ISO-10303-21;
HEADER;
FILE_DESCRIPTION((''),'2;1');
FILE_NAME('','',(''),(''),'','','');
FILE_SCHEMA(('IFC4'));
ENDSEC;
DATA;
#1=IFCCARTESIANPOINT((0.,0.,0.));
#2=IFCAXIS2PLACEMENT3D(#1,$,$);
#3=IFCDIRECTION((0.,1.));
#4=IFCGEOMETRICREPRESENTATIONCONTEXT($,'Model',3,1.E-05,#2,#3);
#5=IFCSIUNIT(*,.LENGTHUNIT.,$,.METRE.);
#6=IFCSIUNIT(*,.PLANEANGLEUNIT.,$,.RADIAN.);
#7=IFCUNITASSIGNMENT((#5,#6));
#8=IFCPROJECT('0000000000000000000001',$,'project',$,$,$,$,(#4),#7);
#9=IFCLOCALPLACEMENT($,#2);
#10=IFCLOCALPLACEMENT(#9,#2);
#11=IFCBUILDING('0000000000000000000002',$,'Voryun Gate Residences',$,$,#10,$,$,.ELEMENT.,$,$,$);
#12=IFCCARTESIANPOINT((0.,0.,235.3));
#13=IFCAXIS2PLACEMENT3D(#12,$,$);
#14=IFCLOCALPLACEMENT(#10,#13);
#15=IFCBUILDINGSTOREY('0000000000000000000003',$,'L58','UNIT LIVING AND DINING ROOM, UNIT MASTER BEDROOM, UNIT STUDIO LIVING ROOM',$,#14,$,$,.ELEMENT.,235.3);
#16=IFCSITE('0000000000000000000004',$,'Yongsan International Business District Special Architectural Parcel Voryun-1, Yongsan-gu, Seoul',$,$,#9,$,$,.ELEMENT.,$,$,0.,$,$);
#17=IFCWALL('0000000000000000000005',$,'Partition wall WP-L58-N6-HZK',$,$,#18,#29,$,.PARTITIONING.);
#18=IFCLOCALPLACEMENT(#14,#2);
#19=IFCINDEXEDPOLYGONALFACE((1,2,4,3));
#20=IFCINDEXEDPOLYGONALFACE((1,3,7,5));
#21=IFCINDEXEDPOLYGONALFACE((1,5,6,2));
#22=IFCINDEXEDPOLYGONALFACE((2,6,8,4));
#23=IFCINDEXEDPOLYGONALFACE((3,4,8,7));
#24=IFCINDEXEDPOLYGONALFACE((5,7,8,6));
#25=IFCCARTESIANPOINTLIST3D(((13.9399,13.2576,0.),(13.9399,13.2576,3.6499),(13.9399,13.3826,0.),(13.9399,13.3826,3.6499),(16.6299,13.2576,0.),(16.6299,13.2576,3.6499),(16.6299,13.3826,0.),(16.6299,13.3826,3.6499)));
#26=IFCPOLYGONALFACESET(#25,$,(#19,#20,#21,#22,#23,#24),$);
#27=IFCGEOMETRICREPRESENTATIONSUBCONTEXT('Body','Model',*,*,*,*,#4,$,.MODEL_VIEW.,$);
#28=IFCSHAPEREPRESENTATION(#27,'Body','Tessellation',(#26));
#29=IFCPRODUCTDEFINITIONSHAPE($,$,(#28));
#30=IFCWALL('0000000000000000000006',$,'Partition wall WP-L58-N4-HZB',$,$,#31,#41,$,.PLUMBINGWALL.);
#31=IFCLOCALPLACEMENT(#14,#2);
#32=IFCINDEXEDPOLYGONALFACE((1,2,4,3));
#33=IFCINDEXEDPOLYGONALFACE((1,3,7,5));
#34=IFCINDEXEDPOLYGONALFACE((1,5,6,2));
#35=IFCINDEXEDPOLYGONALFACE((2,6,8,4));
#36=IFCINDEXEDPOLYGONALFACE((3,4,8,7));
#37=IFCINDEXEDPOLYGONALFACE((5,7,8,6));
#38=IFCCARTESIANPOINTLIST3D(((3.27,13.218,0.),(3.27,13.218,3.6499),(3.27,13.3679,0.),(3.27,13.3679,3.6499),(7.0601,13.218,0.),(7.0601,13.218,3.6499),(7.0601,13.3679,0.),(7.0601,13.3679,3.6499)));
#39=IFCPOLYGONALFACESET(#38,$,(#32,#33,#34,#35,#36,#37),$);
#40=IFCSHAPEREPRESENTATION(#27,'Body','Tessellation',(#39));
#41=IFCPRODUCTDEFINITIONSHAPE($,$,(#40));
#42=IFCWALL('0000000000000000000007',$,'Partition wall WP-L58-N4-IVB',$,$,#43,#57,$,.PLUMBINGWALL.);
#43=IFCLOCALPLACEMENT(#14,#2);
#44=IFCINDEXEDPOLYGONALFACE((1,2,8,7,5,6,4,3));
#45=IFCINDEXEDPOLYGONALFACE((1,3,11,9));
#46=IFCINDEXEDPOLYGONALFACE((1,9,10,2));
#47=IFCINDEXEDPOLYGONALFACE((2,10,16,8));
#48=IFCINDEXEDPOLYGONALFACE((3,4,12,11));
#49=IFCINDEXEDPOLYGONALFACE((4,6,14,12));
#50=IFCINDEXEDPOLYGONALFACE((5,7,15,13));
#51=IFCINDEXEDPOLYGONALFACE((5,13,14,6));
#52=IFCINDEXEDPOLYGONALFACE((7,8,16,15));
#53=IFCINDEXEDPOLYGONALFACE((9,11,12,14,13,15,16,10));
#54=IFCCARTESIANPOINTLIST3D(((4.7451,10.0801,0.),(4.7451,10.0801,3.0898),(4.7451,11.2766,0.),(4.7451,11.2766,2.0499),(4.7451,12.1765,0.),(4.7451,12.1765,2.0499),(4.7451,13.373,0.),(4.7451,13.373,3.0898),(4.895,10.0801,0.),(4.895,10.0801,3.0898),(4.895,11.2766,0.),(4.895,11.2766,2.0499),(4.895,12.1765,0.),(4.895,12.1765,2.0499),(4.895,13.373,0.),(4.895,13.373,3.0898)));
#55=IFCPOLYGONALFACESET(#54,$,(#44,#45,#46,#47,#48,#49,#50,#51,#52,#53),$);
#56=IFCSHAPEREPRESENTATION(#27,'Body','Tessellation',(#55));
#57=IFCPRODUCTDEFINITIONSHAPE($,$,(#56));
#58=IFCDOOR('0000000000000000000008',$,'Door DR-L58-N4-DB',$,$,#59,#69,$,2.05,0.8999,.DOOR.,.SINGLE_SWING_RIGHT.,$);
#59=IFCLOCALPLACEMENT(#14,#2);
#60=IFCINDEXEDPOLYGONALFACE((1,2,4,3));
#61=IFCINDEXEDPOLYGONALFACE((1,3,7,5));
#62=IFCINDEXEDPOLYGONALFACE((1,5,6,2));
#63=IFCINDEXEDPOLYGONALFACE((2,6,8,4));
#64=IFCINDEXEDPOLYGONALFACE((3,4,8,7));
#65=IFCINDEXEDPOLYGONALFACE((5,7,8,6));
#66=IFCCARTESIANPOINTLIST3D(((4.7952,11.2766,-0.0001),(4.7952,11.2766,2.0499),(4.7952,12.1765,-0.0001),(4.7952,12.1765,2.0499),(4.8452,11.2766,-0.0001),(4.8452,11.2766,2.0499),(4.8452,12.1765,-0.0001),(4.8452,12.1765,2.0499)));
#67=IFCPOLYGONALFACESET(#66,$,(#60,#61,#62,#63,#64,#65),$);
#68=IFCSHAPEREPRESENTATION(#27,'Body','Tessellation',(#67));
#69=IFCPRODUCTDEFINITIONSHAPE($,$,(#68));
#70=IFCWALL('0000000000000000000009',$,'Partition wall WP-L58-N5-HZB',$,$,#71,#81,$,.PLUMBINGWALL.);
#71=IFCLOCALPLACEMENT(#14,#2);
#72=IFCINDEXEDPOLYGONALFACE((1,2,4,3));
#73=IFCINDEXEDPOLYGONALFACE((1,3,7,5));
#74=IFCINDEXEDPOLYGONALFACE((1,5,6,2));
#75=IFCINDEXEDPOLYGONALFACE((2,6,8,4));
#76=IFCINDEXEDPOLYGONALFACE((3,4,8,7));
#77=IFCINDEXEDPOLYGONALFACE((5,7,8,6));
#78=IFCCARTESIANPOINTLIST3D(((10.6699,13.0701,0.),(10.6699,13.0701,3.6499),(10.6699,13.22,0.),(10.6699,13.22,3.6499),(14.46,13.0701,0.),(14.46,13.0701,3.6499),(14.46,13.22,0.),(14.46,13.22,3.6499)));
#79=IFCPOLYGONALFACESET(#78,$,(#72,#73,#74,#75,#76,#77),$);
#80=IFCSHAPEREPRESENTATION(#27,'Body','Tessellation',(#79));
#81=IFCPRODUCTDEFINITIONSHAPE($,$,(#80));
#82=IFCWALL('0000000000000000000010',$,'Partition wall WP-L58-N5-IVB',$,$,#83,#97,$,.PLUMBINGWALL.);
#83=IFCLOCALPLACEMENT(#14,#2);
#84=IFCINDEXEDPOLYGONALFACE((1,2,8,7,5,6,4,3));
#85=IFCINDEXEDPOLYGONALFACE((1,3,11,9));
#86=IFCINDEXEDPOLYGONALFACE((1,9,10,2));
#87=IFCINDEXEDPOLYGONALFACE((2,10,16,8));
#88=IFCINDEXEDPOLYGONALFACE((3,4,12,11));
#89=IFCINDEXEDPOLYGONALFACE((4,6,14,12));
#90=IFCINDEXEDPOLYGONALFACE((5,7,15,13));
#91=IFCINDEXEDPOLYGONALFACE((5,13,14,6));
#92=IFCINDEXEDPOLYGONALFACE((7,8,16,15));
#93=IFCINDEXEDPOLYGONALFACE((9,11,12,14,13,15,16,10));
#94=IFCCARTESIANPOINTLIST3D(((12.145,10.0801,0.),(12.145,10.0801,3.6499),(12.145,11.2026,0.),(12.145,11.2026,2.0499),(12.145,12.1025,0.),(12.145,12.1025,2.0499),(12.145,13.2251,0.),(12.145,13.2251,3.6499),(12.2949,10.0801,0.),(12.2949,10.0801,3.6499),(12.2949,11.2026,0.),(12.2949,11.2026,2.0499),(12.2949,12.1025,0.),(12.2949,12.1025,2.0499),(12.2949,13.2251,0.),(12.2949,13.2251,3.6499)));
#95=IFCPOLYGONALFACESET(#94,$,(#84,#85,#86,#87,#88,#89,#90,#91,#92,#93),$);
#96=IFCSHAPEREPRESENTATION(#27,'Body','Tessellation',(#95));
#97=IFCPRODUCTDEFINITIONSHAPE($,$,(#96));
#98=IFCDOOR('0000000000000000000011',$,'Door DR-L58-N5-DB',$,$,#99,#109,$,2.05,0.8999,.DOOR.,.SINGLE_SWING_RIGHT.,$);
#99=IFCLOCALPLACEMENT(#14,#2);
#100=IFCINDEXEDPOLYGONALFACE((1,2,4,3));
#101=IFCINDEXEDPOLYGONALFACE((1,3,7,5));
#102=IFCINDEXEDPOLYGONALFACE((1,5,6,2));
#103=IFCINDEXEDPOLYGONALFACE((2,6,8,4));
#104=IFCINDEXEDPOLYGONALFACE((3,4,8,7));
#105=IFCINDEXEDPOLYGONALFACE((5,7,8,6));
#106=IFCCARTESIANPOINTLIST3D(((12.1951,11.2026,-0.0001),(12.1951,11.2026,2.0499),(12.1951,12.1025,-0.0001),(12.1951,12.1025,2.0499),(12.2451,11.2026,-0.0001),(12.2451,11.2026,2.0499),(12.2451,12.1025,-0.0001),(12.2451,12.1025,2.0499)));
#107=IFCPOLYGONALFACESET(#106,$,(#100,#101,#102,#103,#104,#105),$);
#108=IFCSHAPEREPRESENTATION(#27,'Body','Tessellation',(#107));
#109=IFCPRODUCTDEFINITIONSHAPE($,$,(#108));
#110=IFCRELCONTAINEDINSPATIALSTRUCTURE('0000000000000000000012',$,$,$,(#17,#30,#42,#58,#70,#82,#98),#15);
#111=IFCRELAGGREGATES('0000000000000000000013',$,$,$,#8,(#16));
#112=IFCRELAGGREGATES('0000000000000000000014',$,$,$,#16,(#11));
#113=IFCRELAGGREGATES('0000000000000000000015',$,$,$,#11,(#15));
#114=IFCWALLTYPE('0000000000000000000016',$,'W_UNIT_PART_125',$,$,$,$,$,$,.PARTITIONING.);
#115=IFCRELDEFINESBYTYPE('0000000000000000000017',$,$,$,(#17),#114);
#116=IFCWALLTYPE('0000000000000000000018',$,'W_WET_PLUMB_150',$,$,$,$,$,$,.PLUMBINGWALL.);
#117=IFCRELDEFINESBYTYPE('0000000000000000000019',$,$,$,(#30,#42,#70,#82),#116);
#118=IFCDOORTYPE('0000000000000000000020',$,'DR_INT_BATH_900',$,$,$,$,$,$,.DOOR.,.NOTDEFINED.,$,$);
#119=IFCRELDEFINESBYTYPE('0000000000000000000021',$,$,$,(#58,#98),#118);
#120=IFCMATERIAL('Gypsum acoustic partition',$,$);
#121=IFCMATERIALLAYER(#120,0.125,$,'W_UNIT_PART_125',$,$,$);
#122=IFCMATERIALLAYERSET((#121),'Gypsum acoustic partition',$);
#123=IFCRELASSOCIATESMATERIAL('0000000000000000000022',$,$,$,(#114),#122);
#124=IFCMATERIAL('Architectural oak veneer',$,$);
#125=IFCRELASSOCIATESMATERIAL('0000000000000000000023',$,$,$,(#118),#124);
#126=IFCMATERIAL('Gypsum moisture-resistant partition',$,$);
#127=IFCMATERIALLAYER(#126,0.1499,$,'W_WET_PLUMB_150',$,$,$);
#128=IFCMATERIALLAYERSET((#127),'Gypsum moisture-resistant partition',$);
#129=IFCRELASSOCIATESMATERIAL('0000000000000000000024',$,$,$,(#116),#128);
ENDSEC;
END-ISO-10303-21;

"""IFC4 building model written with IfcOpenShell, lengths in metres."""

from ifc_helpers import new_model, si_unit, direction, frame, frame_2d, origin, place, context, subcontext, project, spatial, rectangle, extrude, material, layer, layer_set, type_object, element, fill, save


model = new_model("IFC4")

# Units and contexts
model_context = context("Model", 3, precision=1e-05, world=origin(), true_north=direction((0.0, 1.0)))
body_context = subcontext(model_context, "Body", "Model", "MODEL_VIEW")
ifc_project = project(units=[si_unit("LENGTHUNIT", "METRE"), si_unit("PLANEANGLEUNIT", "RADIAN")], contexts=[model_context])

# Site, building, storey
site_placement = place(None, origin())
site = spatial("IfcSite", under=ifc_project, at=site_placement, Name="Yongsan International Business District Special Architectural Parcel Voryun-1, Yongsan-gu, Seoul", CompositionType="ELEMENT", RefElevation=0.0)
building_placement = place(site_placement, origin())
building = spatial("IfcBuilding", under=site, at=building_placement, Name="Voryun Gate Residences", CompositionType="ELEMENT")
storey_placement = place(building_placement, frame((0.0, 0.0, 235.3)))
storey = spatial("IfcBuildingStorey", under=building, at=storey_placement, Name="L58", Description="UNIT LIVING AND DINING ROOM, UNIT MASTER BEDROOM, UNIT STUDIO LIVING ROOM", CompositionType="ELEMENT", Elevation=235.3)

# Shared definitions
ifc_material_1 = material(Name="Gypsum acoustic partition")
ifc_layer_1 = layer(ifc_material_1, 0.125, Name="W_UNIT_PART_125")
ifc_layer_set_1 = layer_set([ifc_layer_1], Name="Gypsum acoustic partition")
wall_type_1 = type_object("IfcWallType", Name="W_UNIT_PART_125", PredefinedType="PARTITIONING", material=ifc_layer_set_1)
ifc_material_2 = material(Name="Architectural oak veneer")
door_type_1 = type_object("IfcDoorType", Name="DR_INT_BATH_900", OperationType="NOTDEFINED", PredefinedType="DOOR", material=ifc_material_2)

# Walls
for number, where, z_axis, x_axis, name in (
    (1, (13.9399, 13.3201, 0.0), (0.0, 0.0, 1.0), (1.0, 0.0, 0.0), "Partition wall WP-L58-N6-HZK"),
):
    element("IfcWall", number, at=place(storey_placement, frame(where, z_axis=z_axis, x_axis=x_axis)), inside=storey, type_object=wall_type_1, Name=name, PredefinedType="PARTITIONING", context=body_context, shape_type="SweptSolid", body=[
        extrude(rectangle(XDim=2.6899, YDim=0.125, at=frame_2d((1.345, 0.0))), origin(), (0.0, 0.0, 1.0), 3.6499),
    ])
ifc_material_3 = material(Name="Gypsum moisture-resistant partition")
ifc_layer_2 = layer(ifc_material_3, 0.1499, Name="W_WET_PLUMB_150")
ifc_layer_set_2 = layer_set([ifc_layer_2], Name="Gypsum moisture-resistant partition")
wall_type_2 = type_object("IfcWallType", Name="W_WET_PLUMB_150", PredefinedType="PLUMBINGWALL", material=ifc_layer_set_2)
wall_1_placement = place(storey_placement, frame((3.27, 13.293, 0.0), z_axis=(0.0, 0.0, 1.0), x_axis=(1.0, 0.0, 0.0)))
element("IfcWall", 2, at=wall_1_placement, inside=storey, type_object=wall_type_2, Name="Partition wall WP-L58-N4-HZB", PredefinedType="PLUMBINGWALL", context=body_context, shape_type="SweptSolid", body=[
    extrude(rectangle(XDim=3.79, YDim=0.1499, at=frame_2d((1.895, 0.0))), origin(), (0.0, 0.0, 1.0), 3.6499),
])

# Wall, opening, door
wall_2_placement = place(storey_placement, frame((4.8201, 10.0801, 0.0), z_axis=(0.0, 0.0, 1.0), x_axis=(0.0, 1.0, 0.0)))
wall_2 = element("IfcWall", 3, at=wall_2_placement, inside=storey, type_object=wall_type_2, Name="Partition wall WP-L58-N4-IVB", PredefinedType="PLUMBINGWALL", context=body_context, shape_type="SweptSolid", body=[
    extrude(rectangle(XDim=3.293, YDim=0.1499, at=frame_2d((1.6465, 0.0))), origin(), (0.0, 0.0, 1.0), 3.0898),
])
opening_1_placement = place(wall_2_placement, frame((1.1965, 0.0, 0.0)))
opening_1 = element("IfcOpeningElement", 4, at=opening_1_placement, cuts=wall_2, PredefinedType="OPENING", context=body_context, shape_type="SweptSolid", body=[
    extrude(rectangle(XDim=0.8999, YDim=2.05, at=frame_2d((0.45, 1.0249))), frame((0.0, 0.085, 0.0), z_axis=(0.0, -1.0, 0.0), x_axis=(1.0, 0.0, 0.0)), (0.0, 0.0, 1.0), 0.1699),
])
door_1_placement = place(opening_1_placement, origin())
door_1 = element("IfcDoor", 5, at=door_1_placement, inside=storey, type_object=door_type_1, Name="Door DR-L58-N4-DB", OperationType="SINGLE_SWING_RIGHT", OverallHeight=2.05, OverallWidth=0.8999, PredefinedType="DOOR", context=body_context, shape_type="SweptSolid", body=[
    extrude(rectangle(XDim=0.8999, YDim=2.05, at=frame_2d((0.45, 1.0249))), frame((0.0, 0.0249, 0.0), z_axis=(0.0, -1.0, 0.0), x_axis=(1.0, 0.0, 0.0)), (0.0, 0.0, 1.0), 0.05),
])
fill(opening_1, door_1)

# Wall
wall_3_placement = place(storey_placement, frame((10.6699, 13.145, 0.0), z_axis=(0.0, 0.0, 1.0), x_axis=(1.0, 0.0, 0.0)))
element("IfcWall", 6, at=wall_3_placement, inside=storey, type_object=wall_type_2, Name="Partition wall WP-L58-N5-HZB", PredefinedType="PLUMBINGWALL", context=body_context, shape_type="SweptSolid", body=[
    extrude(rectangle(XDim=3.79, YDim=0.1499, at=frame_2d((1.895, 0.0))), origin(), (0.0, 0.0, 1.0), 3.6499),
])

# Wall, opening, door
wall_4_placement = place(storey_placement, frame((12.22, 10.0801, 0.0), z_axis=(0.0, 0.0, 1.0), x_axis=(0.0, 1.0, 0.0)))
wall_4 = element("IfcWall", 7, at=wall_4_placement, inside=storey, type_object=wall_type_2, Name="Partition wall WP-L58-N5-IVB", PredefinedType="PLUMBINGWALL", context=body_context, shape_type="SweptSolid", body=[
    extrude(rectangle(XDim=3.145, YDim=0.1499, at=frame_2d((1.5725, 0.0))), origin(), (0.0, 0.0, 1.0), 3.6499),
])
opening_2_placement = place(wall_4_placement, frame((1.1226, 0.0, 0.0)))
opening_2 = element("IfcOpeningElement", 8, at=opening_2_placement, cuts=wall_4, PredefinedType="OPENING", context=body_context, shape_type="SweptSolid", body=[
    extrude(rectangle(XDim=0.8999, YDim=2.05, at=frame_2d((0.45, 1.0249))), frame((0.0, 0.085, 0.0), z_axis=(0.0, -1.0, 0.0), x_axis=(1.0, 0.0, 0.0)), (0.0, 0.0, 1.0), 0.1699),
])
door_2_placement = place(opening_2_placement, origin())
door_2 = element("IfcDoor", 9, at=door_2_placement, inside=storey, type_object=door_type_1, Name="Door DR-L58-N5-DB", OperationType="SINGLE_SWING_RIGHT", OverallHeight=2.05, OverallWidth=0.8999, PredefinedType="DOOR", context=body_context, shape_type="SweptSolid", body=[
    extrude(rectangle(XDim=0.8999, YDim=2.05, at=frame_2d((0.45, 1.0249))), frame((0.0, 0.0249, 0.0), z_axis=(0.0, -1.0, 0.0), x_axis=(1.0, 0.0, 0.0)), (0.0, 0.0, 1.0), 0.05),
])
fill(opening_2, door_2)

save(model, "model.ifc")
